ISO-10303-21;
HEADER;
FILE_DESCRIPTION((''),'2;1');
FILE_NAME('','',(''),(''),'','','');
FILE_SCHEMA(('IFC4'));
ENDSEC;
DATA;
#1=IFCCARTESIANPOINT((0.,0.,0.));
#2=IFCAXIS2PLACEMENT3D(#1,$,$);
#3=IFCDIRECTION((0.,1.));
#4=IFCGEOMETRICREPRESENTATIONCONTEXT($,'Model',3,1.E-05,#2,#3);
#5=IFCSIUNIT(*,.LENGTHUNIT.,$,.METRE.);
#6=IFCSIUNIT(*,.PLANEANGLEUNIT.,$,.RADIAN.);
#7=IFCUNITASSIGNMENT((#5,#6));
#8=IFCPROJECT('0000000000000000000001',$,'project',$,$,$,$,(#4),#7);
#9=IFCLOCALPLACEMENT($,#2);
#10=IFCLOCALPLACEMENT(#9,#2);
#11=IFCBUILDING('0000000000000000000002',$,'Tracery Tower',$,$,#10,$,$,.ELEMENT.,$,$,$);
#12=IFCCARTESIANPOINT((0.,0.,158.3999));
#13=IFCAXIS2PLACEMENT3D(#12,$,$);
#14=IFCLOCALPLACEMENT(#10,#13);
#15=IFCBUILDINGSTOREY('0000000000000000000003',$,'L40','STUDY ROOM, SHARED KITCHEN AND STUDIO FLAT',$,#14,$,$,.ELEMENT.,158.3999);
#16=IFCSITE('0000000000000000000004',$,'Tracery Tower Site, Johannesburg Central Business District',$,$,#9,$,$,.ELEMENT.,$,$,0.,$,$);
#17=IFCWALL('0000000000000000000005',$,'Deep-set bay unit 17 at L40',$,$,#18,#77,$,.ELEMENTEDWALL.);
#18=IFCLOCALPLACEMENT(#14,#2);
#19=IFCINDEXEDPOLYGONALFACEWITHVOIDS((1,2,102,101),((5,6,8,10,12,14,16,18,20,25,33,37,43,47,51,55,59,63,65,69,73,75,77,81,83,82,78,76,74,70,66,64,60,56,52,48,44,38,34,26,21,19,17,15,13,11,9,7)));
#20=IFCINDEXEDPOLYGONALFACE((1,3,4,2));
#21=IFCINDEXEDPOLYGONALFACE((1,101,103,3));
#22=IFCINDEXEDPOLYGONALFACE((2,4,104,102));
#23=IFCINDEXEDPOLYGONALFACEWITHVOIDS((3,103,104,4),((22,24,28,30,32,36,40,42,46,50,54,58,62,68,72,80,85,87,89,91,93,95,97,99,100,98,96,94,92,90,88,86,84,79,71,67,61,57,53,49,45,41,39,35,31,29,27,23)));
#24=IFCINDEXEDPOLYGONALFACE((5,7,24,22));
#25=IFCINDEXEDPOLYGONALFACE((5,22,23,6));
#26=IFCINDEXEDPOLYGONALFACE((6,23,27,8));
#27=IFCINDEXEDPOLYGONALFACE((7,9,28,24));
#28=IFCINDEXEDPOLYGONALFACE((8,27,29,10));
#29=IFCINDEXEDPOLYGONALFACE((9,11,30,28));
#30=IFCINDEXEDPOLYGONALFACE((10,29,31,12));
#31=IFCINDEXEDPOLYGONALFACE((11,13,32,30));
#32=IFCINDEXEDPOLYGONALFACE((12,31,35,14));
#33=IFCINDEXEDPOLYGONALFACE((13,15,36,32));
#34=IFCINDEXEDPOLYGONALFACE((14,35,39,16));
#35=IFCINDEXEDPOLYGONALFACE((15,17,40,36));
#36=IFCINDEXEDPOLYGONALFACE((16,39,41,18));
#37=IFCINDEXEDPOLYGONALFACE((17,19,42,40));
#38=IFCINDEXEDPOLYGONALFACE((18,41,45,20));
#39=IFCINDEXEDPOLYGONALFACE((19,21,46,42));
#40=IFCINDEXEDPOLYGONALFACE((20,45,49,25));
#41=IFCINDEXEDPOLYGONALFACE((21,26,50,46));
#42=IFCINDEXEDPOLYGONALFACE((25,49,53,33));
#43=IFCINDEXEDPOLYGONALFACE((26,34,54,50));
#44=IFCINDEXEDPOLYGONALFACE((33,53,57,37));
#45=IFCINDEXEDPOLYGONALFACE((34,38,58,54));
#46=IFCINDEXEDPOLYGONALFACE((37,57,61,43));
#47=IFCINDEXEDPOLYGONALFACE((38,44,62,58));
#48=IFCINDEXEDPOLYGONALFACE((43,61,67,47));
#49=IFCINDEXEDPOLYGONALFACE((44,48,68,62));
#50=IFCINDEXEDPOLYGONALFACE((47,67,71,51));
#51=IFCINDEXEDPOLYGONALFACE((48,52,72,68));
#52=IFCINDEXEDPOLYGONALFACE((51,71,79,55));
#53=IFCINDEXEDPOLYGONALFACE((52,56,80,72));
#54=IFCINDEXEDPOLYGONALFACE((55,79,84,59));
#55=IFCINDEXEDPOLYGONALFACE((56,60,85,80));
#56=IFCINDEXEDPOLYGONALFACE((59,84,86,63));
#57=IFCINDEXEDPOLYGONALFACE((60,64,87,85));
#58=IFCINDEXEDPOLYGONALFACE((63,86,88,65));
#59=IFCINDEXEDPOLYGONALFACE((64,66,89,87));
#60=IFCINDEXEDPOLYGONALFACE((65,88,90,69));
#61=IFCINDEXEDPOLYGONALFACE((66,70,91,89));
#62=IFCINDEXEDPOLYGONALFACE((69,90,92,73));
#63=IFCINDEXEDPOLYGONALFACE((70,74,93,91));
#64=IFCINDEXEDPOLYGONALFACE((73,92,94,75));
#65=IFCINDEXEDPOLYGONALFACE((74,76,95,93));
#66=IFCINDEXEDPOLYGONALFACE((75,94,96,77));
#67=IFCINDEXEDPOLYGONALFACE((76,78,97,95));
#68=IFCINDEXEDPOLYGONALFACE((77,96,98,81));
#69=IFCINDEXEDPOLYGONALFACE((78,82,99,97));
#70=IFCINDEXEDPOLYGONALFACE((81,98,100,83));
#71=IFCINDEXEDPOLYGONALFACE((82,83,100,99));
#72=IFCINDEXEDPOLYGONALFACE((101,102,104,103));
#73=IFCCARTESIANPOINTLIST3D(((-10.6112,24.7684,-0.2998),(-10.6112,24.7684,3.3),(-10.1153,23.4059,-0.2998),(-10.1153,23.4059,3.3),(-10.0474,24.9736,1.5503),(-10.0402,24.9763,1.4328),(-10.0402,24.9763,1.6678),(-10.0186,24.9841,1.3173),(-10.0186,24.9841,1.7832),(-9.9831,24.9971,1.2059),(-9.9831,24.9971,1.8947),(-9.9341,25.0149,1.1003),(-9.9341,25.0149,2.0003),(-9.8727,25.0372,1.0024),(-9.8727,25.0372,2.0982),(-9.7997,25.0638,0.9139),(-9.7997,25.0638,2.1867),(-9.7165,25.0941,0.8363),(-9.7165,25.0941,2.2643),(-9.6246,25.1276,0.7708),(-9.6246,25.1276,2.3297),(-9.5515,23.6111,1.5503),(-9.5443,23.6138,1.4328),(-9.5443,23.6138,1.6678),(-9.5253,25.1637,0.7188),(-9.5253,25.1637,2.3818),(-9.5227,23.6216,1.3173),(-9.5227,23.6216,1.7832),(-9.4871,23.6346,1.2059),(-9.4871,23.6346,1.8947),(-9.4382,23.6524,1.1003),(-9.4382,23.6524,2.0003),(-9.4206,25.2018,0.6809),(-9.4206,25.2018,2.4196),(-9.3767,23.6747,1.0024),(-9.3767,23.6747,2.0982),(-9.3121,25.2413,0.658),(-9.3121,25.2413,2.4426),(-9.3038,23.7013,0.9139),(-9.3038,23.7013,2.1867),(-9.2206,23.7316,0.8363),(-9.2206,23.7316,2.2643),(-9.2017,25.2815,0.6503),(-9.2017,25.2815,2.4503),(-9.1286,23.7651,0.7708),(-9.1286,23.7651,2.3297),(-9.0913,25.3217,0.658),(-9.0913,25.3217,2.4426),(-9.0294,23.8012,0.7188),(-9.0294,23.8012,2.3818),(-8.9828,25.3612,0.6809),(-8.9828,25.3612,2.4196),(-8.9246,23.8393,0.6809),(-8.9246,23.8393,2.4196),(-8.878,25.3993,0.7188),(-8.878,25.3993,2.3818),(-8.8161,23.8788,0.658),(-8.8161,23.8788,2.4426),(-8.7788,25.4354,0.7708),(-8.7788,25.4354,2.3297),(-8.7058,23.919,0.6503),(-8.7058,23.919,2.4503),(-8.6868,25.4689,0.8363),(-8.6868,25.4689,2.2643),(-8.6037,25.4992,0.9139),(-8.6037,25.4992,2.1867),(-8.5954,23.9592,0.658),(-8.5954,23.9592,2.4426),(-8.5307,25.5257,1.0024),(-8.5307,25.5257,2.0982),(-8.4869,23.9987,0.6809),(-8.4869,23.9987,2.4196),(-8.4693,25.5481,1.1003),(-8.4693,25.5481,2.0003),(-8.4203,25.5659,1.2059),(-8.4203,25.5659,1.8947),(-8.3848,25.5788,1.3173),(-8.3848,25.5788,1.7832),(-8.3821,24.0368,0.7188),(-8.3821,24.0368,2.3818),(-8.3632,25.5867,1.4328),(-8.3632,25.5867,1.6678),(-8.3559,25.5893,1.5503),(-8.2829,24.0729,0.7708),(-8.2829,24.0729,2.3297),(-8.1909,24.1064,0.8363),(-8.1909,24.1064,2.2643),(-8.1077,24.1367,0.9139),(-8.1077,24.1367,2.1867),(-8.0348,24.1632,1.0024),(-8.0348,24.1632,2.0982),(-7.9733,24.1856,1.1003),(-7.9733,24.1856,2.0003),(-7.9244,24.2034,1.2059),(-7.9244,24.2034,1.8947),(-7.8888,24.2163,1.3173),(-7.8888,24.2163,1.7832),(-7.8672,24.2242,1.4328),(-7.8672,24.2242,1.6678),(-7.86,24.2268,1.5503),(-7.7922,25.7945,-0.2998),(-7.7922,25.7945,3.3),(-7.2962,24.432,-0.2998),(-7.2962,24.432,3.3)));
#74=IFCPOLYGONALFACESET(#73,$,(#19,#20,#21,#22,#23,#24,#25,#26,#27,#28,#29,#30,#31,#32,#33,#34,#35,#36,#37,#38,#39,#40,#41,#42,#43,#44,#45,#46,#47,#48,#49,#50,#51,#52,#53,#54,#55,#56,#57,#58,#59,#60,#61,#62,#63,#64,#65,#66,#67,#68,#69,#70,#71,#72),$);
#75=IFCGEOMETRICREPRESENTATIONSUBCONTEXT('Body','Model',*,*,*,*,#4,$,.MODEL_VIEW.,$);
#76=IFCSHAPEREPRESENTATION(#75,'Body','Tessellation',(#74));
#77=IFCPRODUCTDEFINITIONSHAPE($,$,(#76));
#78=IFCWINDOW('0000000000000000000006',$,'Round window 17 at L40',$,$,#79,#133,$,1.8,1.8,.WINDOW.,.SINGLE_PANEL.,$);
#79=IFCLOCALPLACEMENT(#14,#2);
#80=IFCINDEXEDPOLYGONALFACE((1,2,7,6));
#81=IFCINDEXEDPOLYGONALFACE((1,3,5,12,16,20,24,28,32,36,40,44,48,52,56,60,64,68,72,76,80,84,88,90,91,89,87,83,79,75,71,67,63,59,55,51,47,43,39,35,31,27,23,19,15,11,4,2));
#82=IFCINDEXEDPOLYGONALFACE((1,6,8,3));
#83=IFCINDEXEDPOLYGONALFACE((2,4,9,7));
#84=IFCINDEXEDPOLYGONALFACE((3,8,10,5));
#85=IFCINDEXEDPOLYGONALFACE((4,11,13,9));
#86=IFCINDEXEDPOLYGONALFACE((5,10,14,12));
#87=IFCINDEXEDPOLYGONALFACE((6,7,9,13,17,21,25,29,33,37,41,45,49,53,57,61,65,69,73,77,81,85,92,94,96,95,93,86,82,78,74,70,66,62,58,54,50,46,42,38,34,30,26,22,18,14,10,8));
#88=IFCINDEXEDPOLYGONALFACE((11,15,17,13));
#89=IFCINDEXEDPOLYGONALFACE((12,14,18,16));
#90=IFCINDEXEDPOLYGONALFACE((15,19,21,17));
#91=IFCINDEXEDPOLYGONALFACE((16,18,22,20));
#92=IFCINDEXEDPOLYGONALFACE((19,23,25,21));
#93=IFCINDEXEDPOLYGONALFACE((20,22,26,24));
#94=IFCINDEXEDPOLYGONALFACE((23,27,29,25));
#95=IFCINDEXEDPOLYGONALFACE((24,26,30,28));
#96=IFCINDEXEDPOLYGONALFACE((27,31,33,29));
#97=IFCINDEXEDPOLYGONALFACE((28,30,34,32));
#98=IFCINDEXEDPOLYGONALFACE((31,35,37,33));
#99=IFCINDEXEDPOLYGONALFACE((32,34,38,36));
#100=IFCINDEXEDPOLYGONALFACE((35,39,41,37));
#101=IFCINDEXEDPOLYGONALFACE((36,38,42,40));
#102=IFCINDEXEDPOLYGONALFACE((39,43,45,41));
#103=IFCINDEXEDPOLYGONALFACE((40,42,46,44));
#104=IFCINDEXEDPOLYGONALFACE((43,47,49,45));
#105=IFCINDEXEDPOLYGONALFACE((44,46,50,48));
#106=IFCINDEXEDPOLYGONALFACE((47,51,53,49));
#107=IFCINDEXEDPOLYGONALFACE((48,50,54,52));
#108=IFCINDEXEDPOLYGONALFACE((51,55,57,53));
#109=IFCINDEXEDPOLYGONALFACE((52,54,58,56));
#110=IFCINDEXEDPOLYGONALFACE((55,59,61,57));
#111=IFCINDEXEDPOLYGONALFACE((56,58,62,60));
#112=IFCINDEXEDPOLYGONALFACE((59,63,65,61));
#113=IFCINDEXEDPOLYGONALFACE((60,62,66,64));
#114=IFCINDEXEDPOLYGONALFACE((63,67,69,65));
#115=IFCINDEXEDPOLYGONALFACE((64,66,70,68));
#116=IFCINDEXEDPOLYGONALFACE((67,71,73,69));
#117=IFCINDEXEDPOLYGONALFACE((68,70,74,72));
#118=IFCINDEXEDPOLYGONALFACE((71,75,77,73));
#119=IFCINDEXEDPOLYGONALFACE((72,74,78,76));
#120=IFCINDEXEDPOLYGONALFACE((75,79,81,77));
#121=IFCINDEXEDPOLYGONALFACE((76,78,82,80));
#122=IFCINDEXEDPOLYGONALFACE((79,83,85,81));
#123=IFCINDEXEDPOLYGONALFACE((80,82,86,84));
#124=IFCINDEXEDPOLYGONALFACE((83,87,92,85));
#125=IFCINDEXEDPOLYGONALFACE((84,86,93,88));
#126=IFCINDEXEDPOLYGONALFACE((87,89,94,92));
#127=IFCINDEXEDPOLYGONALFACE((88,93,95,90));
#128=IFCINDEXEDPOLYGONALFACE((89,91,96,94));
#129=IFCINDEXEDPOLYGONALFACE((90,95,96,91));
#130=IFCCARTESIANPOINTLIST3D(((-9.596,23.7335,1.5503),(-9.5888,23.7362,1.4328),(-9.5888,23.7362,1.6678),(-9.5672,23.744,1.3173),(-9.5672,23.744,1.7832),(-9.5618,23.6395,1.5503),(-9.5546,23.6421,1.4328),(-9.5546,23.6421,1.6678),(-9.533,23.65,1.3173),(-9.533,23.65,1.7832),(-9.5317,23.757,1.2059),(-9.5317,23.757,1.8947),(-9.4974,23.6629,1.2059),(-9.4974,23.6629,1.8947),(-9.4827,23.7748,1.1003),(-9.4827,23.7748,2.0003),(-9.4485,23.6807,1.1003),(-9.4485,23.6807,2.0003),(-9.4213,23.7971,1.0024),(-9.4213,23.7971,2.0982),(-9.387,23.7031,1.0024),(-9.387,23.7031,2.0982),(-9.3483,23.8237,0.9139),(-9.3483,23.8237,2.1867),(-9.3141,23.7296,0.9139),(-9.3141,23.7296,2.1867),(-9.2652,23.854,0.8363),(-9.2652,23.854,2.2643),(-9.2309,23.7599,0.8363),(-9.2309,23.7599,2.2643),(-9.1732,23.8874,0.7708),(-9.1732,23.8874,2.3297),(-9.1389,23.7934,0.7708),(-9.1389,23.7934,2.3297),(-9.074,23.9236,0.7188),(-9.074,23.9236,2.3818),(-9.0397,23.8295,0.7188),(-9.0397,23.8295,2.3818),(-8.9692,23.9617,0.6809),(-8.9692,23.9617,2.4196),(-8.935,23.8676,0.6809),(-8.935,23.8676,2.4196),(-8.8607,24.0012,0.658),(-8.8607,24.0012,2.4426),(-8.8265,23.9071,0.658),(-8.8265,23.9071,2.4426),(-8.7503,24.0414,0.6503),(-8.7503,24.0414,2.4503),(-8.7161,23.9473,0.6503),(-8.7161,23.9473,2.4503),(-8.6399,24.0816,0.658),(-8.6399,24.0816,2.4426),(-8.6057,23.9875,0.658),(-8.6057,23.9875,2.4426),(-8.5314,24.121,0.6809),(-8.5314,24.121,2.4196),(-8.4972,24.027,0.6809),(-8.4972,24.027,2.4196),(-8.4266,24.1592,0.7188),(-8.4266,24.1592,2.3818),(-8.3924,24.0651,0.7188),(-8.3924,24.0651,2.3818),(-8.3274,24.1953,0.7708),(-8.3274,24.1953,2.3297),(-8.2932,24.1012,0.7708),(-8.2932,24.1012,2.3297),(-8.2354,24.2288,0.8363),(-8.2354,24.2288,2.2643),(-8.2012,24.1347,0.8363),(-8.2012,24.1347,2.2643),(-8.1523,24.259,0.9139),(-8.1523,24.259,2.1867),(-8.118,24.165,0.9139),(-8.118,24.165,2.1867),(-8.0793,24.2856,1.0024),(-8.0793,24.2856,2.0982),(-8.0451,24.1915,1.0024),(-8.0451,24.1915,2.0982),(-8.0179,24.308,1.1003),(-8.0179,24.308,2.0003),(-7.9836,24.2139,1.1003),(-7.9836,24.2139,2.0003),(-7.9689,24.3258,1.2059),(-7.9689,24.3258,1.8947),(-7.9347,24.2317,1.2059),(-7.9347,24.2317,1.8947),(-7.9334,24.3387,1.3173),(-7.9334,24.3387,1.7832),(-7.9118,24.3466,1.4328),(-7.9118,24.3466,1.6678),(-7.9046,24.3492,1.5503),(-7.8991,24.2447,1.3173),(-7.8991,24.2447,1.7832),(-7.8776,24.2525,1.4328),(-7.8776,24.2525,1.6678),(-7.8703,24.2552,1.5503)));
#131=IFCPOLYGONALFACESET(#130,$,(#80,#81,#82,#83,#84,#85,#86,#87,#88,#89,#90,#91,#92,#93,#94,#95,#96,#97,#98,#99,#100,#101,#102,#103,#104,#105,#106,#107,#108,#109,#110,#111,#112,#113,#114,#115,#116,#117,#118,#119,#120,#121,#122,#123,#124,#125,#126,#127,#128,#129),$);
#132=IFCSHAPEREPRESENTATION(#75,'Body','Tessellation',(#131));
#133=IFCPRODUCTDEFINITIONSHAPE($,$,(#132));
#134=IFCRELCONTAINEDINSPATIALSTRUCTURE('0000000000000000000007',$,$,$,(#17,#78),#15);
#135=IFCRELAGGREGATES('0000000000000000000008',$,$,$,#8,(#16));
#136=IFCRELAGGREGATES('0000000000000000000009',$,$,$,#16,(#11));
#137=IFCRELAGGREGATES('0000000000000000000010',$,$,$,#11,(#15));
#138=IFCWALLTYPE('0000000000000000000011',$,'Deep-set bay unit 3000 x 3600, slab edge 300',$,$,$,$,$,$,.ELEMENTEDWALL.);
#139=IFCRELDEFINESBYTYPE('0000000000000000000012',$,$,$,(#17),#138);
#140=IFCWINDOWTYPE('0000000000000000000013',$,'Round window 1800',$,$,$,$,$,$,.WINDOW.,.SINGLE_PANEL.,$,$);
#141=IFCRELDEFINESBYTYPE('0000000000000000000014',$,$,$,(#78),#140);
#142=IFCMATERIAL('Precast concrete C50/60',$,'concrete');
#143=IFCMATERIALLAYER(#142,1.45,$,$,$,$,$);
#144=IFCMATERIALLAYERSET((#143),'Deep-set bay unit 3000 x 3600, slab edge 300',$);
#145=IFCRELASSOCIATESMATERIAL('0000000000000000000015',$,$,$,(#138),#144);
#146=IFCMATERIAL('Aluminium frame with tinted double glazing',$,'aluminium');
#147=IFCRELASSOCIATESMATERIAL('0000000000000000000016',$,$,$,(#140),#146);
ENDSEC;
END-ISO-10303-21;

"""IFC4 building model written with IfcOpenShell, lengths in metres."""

from ifc_helpers import new_model, si_unit, direction, frame, frame_2d, origin, origin_2d, place, context, subcontext, project, spatial, rectangle, circle, extrude, material, layer, layer_set, type_object, element, fill, save


model = new_model("IFC4")

# Units and contexts
model_context = context("Model", 3, precision=1e-05, world=origin(), true_north=direction((0.0, 1.0)))
body_context = subcontext(model_context, "Body", "Model", "MODEL_VIEW")
ifc_project = project(units=[si_unit("LENGTHUNIT", "METRE"), si_unit("PLANEANGLEUNIT", "RADIAN")], contexts=[model_context])

# Site, building, storey
site_placement = place(None, origin())
site = spatial("IfcSite", under=ifc_project, at=site_placement, Name="Tracery Tower Site, Johannesburg Central Business District", CompositionType="ELEMENT", RefElevation=0.0)
building_placement = place(site_placement, origin())
building = spatial("IfcBuilding", under=site, at=building_placement, Name="Tracery Tower", CompositionType="ELEMENT")
storey_placement = place(building_placement, frame((0.0, 0.0, 158.3999)))
storey = spatial("IfcBuildingStorey", under=building, at=storey_placement, Name="L40", Description="STUDY ROOM, SHARED KITCHEN AND STUDIO FLAT", CompositionType="ELEMENT", Elevation=158.3999)

# Wall, opening, window
ifc_material_1 = material(Name="Precast concrete C50/60", Category="concrete")
ifc_layer_1 = layer(ifc_material_1, 1.45)
ifc_layer_set_1 = layer_set([ifc_layer_1], Name="Deep-set bay unit 3000 x 3600, slab edge 300")
wall_type_1 = type_object("IfcWallType", Name="Deep-set bay unit 3000 x 3600, slab edge 300", PredefinedType="ELEMENTEDWALL", material=ifc_layer_set_1)
wall_1_placement = place(storey_placement, frame((-7.5442, 25.1133, -0.2998), z_axis=(0.0, 0.0, 1.0), x_axis=(-0.939686, -0.342037, 0.0)))
wall_1 = element("IfcWall", 1, at=wall_1_placement, inside=storey, type_object=wall_type_1, Name="Deep-set bay unit 17 at L40", PredefinedType="ELEMENTEDWALL", context=body_context, shape_type="SweptSolid", body=[
    extrude(rectangle(XDim=3.0, YDim=1.45, at=frame_2d((1.5, 0.0))), origin(), (0.0, 0.0, 1.0), 3.5999),
])
opening_1_placement = place(wall_1_placement, frame((1.5, 0.0, 1.8501)))
opening_1 = element("IfcOpeningElement", 2, at=opening_1_placement, cuts=wall_1, PredefinedType="OPENING", context=body_context, shape_type="SweptSolid", body=[
    extrude(circle(Radius=0.9, at=origin_2d()), frame((0.0, 0.7349, 0.0), z_axis=(0.0, -1.0, 0.0), x_axis=(1.0, 0.0, 0.0)), (0.0, 0.0, 1.0), 1.47),
])
ifc_material_2 = material(Name="Aluminium frame with tinted double glazing", Category="aluminium")
window_type = type_object("IfcWindowType", Name="Round window 1800", PartitioningType="SINGLE_PANEL", PredefinedType="WINDOW", material=ifc_material_2)
window_1_placement = place(opening_1_placement, origin())
window_1 = element("IfcWindow", 3, at=window_1_placement, inside=storey, type_object=window_type, Name="Round window 17 at L40", OverallHeight=1.8, OverallWidth=1.8, PartitioningType="SINGLE_PANEL", PredefinedType="WINDOW", context=body_context, shape_type="SweptSolid", body=[
    extrude(circle(Radius=0.9, at=origin_2d()), frame((0.0, 0.6948, 0.0), z_axis=(0.0, -1.0, 0.0), x_axis=(1.0, 0.0, 0.0)), (0.0, 0.0, 1.0), 0.1001),
])
fill(opening_1, window_1)

save(model, "model.ifc")
